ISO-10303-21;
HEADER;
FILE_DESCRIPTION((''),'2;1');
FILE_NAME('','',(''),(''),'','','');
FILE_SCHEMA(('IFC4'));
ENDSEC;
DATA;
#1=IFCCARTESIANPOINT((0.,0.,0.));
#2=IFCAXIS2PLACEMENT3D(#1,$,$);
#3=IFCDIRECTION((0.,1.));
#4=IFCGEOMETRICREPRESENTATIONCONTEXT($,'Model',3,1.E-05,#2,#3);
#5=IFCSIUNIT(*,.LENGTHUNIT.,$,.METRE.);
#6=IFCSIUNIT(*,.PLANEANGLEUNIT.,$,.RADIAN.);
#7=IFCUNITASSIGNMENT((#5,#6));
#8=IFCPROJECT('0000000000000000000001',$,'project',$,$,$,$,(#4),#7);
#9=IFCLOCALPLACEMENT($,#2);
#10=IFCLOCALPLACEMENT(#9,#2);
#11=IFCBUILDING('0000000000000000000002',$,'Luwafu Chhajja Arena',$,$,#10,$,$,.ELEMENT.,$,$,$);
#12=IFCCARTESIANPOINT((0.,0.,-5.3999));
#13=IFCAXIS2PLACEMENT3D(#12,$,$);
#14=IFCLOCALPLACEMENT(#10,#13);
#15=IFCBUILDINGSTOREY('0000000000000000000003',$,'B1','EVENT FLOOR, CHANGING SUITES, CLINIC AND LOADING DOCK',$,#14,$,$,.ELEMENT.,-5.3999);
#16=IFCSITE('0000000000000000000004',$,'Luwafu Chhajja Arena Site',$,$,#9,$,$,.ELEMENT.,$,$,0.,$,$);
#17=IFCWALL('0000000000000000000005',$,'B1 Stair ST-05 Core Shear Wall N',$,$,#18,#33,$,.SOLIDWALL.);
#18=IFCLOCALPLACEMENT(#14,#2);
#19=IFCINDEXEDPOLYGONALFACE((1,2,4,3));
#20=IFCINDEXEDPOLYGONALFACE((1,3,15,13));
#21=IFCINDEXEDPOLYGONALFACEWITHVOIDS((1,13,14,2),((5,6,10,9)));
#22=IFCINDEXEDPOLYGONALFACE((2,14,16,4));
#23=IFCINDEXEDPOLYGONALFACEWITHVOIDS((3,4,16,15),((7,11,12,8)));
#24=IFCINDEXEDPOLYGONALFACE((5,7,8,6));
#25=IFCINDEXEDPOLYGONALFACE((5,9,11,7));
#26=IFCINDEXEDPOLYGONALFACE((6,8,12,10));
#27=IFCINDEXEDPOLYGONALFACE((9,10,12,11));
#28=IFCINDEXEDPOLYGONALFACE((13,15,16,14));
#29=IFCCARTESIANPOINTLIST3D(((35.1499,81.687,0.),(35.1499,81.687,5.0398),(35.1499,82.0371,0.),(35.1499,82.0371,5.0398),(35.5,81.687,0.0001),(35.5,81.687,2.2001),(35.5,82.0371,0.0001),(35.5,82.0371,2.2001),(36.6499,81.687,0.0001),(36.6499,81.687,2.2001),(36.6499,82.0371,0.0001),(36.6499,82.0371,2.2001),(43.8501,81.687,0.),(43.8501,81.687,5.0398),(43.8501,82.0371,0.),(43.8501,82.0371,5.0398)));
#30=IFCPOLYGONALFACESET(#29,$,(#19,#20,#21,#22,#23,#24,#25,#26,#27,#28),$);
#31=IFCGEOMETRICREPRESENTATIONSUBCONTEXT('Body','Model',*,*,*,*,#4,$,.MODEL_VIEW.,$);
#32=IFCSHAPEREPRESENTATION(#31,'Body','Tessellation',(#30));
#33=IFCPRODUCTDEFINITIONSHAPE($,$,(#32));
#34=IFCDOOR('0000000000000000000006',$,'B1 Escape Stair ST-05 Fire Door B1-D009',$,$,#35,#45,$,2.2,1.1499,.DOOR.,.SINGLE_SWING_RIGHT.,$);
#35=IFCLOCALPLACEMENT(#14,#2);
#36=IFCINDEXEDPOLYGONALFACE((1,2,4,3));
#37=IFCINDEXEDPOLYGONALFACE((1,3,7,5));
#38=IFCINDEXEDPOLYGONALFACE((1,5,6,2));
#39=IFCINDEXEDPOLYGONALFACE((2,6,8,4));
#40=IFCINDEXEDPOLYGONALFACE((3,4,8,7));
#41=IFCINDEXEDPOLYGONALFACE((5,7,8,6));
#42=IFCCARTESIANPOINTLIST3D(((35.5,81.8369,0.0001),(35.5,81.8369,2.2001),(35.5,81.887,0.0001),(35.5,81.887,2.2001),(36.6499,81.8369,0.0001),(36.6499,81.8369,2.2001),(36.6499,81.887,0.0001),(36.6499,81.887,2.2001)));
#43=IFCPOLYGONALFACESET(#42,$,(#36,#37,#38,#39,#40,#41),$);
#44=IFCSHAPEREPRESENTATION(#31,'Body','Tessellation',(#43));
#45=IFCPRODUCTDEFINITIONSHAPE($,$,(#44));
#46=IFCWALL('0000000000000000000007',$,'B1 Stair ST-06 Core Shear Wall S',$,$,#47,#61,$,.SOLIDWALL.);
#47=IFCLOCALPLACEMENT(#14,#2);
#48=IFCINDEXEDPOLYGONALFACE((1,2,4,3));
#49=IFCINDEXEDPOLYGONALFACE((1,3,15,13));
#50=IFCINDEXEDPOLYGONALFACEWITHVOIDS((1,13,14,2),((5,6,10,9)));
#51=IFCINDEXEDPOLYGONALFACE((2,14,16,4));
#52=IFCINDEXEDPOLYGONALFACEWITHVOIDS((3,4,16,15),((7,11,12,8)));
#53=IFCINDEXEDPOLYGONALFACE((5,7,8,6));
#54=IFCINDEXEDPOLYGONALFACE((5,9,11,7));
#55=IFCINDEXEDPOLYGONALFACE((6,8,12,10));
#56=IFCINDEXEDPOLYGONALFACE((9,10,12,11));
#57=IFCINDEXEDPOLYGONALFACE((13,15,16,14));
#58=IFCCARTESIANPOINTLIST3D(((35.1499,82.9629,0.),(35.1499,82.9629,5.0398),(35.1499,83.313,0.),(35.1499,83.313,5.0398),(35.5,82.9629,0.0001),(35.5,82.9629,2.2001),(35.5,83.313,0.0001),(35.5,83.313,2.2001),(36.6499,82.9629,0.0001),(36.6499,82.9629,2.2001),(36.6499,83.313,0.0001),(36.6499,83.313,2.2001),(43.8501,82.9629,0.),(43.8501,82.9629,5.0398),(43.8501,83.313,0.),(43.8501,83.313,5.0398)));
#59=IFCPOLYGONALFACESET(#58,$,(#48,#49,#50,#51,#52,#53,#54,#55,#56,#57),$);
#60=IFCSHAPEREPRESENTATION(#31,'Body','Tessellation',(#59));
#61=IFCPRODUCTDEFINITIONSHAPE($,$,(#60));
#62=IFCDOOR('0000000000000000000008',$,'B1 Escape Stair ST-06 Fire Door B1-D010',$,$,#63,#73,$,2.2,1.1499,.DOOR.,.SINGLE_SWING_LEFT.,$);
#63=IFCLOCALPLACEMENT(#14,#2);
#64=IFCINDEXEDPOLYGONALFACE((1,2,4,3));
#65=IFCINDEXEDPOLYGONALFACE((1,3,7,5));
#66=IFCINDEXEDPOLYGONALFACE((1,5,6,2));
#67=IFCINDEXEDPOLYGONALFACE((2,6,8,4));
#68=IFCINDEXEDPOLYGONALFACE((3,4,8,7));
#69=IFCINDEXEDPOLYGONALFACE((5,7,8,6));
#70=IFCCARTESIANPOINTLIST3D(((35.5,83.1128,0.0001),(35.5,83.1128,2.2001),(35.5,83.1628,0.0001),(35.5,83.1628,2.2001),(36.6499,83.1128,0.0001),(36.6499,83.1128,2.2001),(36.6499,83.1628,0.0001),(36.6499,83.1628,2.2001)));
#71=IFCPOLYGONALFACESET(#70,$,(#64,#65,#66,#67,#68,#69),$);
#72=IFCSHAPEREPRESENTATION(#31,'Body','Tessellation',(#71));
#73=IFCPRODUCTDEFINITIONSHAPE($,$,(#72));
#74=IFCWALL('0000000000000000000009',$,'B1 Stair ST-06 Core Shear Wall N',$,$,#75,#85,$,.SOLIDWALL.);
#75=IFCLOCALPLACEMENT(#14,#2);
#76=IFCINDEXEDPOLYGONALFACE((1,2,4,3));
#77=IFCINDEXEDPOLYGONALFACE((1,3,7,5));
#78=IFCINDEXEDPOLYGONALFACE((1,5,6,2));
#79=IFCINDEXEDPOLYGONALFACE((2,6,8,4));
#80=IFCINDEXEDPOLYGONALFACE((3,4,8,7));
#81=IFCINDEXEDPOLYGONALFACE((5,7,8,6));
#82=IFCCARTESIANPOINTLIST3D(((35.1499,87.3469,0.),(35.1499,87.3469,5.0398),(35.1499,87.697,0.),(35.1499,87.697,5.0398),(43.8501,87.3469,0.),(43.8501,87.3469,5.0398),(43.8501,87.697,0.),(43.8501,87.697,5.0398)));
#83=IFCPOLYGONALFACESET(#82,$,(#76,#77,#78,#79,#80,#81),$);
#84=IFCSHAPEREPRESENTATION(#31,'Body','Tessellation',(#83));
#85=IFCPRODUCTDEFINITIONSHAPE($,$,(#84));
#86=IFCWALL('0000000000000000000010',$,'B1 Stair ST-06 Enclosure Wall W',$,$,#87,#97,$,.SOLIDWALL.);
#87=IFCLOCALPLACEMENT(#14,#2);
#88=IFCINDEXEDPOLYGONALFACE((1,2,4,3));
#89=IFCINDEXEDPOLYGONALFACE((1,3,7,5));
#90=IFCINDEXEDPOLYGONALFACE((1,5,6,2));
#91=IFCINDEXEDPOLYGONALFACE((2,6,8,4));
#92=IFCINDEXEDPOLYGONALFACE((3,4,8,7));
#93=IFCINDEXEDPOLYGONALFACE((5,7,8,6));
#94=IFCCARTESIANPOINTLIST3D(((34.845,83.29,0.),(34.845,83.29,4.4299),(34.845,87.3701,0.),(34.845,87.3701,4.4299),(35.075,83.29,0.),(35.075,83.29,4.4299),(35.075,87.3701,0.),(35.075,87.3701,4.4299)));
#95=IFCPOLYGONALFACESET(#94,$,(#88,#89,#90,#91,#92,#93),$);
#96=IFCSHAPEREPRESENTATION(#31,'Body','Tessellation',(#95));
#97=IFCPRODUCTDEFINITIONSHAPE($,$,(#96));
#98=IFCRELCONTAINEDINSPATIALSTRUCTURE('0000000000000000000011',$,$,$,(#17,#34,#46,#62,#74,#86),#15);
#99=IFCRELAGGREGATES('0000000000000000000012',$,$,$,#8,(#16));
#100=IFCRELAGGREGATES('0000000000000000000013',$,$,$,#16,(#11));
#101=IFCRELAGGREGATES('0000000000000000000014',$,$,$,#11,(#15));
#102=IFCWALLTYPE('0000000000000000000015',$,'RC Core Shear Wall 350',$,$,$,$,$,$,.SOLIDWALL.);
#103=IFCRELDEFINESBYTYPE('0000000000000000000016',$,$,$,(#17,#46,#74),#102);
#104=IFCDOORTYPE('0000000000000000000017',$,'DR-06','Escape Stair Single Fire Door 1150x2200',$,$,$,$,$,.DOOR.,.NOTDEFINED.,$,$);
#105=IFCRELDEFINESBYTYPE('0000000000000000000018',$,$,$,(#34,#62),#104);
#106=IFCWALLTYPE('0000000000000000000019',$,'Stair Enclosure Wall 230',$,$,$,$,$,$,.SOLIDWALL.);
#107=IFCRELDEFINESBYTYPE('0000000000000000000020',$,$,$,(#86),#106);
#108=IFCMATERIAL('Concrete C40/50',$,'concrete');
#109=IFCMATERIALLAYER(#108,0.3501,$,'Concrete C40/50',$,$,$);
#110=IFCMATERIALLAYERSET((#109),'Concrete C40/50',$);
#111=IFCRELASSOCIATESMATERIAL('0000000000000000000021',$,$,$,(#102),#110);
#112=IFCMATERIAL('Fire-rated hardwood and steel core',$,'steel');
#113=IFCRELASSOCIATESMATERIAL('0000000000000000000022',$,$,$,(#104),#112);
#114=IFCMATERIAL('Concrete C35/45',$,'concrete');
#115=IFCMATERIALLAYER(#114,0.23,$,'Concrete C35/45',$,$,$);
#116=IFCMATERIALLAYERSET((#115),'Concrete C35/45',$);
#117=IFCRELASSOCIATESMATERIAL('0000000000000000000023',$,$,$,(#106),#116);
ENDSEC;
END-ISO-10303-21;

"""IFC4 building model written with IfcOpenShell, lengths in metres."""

from ifc_helpers import new_model, si_unit, direction, frame, frame_2d, origin, place, context, subcontext, project, spatial, rectangle, extrude, material, layer, layer_set, type_object, element, fill, save


model = new_model("IFC4")

# Units and contexts
model_context = context("Model", 3, precision=1e-05, world=origin(), true_north=direction((0.0, 1.0)))
body_context = subcontext(model_context, "Body", "Model", "MODEL_VIEW")
ifc_project = project(units=[si_unit("LENGTHUNIT", "METRE"), si_unit("PLANEANGLEUNIT", "RADIAN")], contexts=[model_context])

# Site, building, storey
site_placement = place(None, origin())
site = spatial("IfcSite", under=ifc_project, at=site_placement, Name="Luwafu Chhajja Arena Site", CompositionType="ELEMENT", RefElevation=0.0)
building_placement = place(site_placement, origin())
building = spatial("IfcBuilding", under=site, at=building_placement, Name="Luwafu Chhajja Arena", CompositionType="ELEMENT")
storey_placement = place(building_placement, frame((0.0, 0.0, -5.3999)))
storey = spatial("IfcBuildingStorey", under=building, at=storey_placement, Name="B1", Description="EVENT FLOOR, CHANGING SUITES, CLINIC AND LOADING DOCK", CompositionType="ELEMENT", Elevation=-5.3999)

# Shared definitions
ifc_material_1 = material(Name="Concrete C35/45", Category="concrete")

# Shared definitions
ifc_material_2 = material(Name="Concrete C40/50", Category="concrete")

# Walls, openings, doors
ifc_layer_1 = layer(ifc_material_2, 0.3501, Name="Concrete C40/50")
ifc_layer_set_1 = layer_set([ifc_layer_1], Name="Concrete C40/50")
wall_type_1 = type_object("IfcWallType", Name="RC Core Shear Wall 350", PredefinedType="SOLIDWALL", material=ifc_layer_set_1)
wall_1_placement = place(storey_placement, frame((35.1499, 81.8621, 0.0), z_axis=(0.0, 0.0, 1.0), x_axis=(1.0, 0.0, 0.0)))
wall_1 = element("IfcWall", 1, at=wall_1_placement, inside=storey, type_object=wall_type_1, Name="B1 Stair ST-05 Core Shear Wall N", PredefinedType="SOLIDWALL", context=body_context, shape_type="SweptSolid", body=[
    extrude(rectangle(XDim=8.7002, YDim=0.3501, at=frame_2d((4.3501, 0.0))), origin(), (0.0, 0.0, 1.0), 5.0398),
])
opening_1_placement = place(wall_1_placement, frame((0.3501, 0.0, 0.0)))
opening_1 = element("IfcOpeningElement", 2, at=opening_1_placement, cuts=wall_1, PredefinedType="OPENING", context=body_context, shape_type="SweptSolid", body=[
    extrude(rectangle(XDim=1.1499, YDim=2.2, at=frame_2d((0.575, 1.1001))), frame((0.0, 0.1851, 0.0), z_axis=(0.0, -1.0, 0.0), x_axis=(1.0, 0.0, 0.0)), (0.0, 0.0, 1.0), 0.3701),
])
ifc_material_3 = material(Name="Fire-rated hardwood and steel core", Category="steel")
door_type = type_object("IfcDoorType", Name="DR-06", Description="Escape Stair Single Fire Door 1150x2200", OperationType="NOTDEFINED", PredefinedType="DOOR", material=ifc_material_3)
door_1_placement = place(opening_1_placement, origin())
door_1 = element("IfcDoor", 3, at=door_1_placement, inside=storey, type_object=door_type, Name="B1 Escape Stair ST-05 Fire Door B1-D009", OperationType="SINGLE_SWING_RIGHT", OverallHeight=2.2, OverallWidth=1.1499, PredefinedType="DOOR", context=body_context, shape_type="SweptSolid", body=[
    extrude(rectangle(XDim=1.1499, YDim=2.2, at=frame_2d((0.575, 1.1001))), frame((0.0, 0.0249, 0.0), z_axis=(0.0, -1.0, 0.0), x_axis=(1.0, 0.0, 0.0)), (0.0, 0.0, 1.0), 0.05),
])
fill(opening_1, door_1)
wall_2_placement = place(storey_placement, frame((35.1499, 83.1379, 0.0), z_axis=(0.0, 0.0, 1.0), x_axis=(1.0, 0.0, 0.0)))
wall_2 = element("IfcWall", 4, at=wall_2_placement, inside=storey, type_object=wall_type_1, Name="B1 Stair ST-06 Core Shear Wall S", PredefinedType="SOLIDWALL", context=body_context, shape_type="SweptSolid", body=[
    extrude(rectangle(XDim=8.7002, YDim=0.3501, at=frame_2d((4.3501, 0.0))), origin(), (0.0, 0.0, 1.0), 5.0398),
])
opening_2_placement = place(wall_2_placement, frame((0.3501, 0.0, 0.0)))
opening_2 = element("IfcOpeningElement", 5, at=opening_2_placement, cuts=wall_2, PredefinedType="OPENING", context=body_context, shape_type="SweptSolid", body=[
    extrude(rectangle(XDim=1.1499, YDim=2.2, at=frame_2d((0.575, 1.1001))), frame((0.0, 0.1851, 0.0), z_axis=(0.0, -1.0, 0.0), x_axis=(1.0, 0.0, 0.0)), (0.0, 0.0, 1.0), 0.3701),
])
door_2_placement = place(opening_2_placement, origin())
door_2 = element("IfcDoor", 6, at=door_2_placement, inside=storey, type_object=door_type, Name="B1 Escape Stair ST-06 Fire Door B1-D010", OperationType="SINGLE_SWING_LEFT", OverallHeight=2.2, OverallWidth=1.1499, PredefinedType="DOOR", context=body_context, shape_type="SweptSolid", body=[
    extrude(rectangle(XDim=1.1499, YDim=2.2, at=frame_2d((0.575, 1.1001))), frame((0.0, 0.0249, 0.0), z_axis=(0.0, -1.0, 0.0), x_axis=(1.0, 0.0, 0.0)), (0.0, 0.0, 1.0), 0.05),
])
fill(opening_2, door_2)

# Walls
wall_3_placement = place(storey_placement, frame((35.1499, 87.522, 0.0), z_axis=(0.0, 0.0, 1.0), x_axis=(1.0, 0.0, 0.0)))
element("IfcWall", 7, at=wall_3_placement, inside=storey, type_object=wall_type_1, Name="B1 Stair ST-06 Core Shear Wall N", PredefinedType="SOLIDWALL", context=body_context, shape_type="SweptSolid", body=[
    extrude(rectangle(XDim=8.7002, YDim=0.3501, at=frame_2d((4.3501, 0.0))), origin(), (0.0, 0.0, 1.0), 5.0398),
])
ifc_layer_2 = layer(ifc_material_1, 0.23, Name="Concrete C35/45")
ifc_layer_set_2 = layer_set([ifc_layer_2], Name="Concrete C35/45")
wall_type_2 = type_object("IfcWallType", Name="Stair Enclosure Wall 230", PredefinedType="SOLIDWALL", material=ifc_layer_set_2)
wall_4_placement = place(storey_placement, frame((34.96, 83.29, 0.0), z_axis=(0.0, 0.0, 1.0), x_axis=(0.0, 1.0, 0.0)))
element("IfcWall", 8, at=wall_4_placement, inside=storey, type_object=wall_type_2, Name="B1 Stair ST-06 Enclosure Wall W", PredefinedType="SOLIDWALL", context=body_context, shape_type="SweptSolid", body=[
    extrude(rectangle(XDim=4.0801, YDim=0.23, at=frame_2d((2.04, 0.0))), origin(), (0.0, 0.0, 1.0), 4.4299),
])

save(model, "model.ifc")
